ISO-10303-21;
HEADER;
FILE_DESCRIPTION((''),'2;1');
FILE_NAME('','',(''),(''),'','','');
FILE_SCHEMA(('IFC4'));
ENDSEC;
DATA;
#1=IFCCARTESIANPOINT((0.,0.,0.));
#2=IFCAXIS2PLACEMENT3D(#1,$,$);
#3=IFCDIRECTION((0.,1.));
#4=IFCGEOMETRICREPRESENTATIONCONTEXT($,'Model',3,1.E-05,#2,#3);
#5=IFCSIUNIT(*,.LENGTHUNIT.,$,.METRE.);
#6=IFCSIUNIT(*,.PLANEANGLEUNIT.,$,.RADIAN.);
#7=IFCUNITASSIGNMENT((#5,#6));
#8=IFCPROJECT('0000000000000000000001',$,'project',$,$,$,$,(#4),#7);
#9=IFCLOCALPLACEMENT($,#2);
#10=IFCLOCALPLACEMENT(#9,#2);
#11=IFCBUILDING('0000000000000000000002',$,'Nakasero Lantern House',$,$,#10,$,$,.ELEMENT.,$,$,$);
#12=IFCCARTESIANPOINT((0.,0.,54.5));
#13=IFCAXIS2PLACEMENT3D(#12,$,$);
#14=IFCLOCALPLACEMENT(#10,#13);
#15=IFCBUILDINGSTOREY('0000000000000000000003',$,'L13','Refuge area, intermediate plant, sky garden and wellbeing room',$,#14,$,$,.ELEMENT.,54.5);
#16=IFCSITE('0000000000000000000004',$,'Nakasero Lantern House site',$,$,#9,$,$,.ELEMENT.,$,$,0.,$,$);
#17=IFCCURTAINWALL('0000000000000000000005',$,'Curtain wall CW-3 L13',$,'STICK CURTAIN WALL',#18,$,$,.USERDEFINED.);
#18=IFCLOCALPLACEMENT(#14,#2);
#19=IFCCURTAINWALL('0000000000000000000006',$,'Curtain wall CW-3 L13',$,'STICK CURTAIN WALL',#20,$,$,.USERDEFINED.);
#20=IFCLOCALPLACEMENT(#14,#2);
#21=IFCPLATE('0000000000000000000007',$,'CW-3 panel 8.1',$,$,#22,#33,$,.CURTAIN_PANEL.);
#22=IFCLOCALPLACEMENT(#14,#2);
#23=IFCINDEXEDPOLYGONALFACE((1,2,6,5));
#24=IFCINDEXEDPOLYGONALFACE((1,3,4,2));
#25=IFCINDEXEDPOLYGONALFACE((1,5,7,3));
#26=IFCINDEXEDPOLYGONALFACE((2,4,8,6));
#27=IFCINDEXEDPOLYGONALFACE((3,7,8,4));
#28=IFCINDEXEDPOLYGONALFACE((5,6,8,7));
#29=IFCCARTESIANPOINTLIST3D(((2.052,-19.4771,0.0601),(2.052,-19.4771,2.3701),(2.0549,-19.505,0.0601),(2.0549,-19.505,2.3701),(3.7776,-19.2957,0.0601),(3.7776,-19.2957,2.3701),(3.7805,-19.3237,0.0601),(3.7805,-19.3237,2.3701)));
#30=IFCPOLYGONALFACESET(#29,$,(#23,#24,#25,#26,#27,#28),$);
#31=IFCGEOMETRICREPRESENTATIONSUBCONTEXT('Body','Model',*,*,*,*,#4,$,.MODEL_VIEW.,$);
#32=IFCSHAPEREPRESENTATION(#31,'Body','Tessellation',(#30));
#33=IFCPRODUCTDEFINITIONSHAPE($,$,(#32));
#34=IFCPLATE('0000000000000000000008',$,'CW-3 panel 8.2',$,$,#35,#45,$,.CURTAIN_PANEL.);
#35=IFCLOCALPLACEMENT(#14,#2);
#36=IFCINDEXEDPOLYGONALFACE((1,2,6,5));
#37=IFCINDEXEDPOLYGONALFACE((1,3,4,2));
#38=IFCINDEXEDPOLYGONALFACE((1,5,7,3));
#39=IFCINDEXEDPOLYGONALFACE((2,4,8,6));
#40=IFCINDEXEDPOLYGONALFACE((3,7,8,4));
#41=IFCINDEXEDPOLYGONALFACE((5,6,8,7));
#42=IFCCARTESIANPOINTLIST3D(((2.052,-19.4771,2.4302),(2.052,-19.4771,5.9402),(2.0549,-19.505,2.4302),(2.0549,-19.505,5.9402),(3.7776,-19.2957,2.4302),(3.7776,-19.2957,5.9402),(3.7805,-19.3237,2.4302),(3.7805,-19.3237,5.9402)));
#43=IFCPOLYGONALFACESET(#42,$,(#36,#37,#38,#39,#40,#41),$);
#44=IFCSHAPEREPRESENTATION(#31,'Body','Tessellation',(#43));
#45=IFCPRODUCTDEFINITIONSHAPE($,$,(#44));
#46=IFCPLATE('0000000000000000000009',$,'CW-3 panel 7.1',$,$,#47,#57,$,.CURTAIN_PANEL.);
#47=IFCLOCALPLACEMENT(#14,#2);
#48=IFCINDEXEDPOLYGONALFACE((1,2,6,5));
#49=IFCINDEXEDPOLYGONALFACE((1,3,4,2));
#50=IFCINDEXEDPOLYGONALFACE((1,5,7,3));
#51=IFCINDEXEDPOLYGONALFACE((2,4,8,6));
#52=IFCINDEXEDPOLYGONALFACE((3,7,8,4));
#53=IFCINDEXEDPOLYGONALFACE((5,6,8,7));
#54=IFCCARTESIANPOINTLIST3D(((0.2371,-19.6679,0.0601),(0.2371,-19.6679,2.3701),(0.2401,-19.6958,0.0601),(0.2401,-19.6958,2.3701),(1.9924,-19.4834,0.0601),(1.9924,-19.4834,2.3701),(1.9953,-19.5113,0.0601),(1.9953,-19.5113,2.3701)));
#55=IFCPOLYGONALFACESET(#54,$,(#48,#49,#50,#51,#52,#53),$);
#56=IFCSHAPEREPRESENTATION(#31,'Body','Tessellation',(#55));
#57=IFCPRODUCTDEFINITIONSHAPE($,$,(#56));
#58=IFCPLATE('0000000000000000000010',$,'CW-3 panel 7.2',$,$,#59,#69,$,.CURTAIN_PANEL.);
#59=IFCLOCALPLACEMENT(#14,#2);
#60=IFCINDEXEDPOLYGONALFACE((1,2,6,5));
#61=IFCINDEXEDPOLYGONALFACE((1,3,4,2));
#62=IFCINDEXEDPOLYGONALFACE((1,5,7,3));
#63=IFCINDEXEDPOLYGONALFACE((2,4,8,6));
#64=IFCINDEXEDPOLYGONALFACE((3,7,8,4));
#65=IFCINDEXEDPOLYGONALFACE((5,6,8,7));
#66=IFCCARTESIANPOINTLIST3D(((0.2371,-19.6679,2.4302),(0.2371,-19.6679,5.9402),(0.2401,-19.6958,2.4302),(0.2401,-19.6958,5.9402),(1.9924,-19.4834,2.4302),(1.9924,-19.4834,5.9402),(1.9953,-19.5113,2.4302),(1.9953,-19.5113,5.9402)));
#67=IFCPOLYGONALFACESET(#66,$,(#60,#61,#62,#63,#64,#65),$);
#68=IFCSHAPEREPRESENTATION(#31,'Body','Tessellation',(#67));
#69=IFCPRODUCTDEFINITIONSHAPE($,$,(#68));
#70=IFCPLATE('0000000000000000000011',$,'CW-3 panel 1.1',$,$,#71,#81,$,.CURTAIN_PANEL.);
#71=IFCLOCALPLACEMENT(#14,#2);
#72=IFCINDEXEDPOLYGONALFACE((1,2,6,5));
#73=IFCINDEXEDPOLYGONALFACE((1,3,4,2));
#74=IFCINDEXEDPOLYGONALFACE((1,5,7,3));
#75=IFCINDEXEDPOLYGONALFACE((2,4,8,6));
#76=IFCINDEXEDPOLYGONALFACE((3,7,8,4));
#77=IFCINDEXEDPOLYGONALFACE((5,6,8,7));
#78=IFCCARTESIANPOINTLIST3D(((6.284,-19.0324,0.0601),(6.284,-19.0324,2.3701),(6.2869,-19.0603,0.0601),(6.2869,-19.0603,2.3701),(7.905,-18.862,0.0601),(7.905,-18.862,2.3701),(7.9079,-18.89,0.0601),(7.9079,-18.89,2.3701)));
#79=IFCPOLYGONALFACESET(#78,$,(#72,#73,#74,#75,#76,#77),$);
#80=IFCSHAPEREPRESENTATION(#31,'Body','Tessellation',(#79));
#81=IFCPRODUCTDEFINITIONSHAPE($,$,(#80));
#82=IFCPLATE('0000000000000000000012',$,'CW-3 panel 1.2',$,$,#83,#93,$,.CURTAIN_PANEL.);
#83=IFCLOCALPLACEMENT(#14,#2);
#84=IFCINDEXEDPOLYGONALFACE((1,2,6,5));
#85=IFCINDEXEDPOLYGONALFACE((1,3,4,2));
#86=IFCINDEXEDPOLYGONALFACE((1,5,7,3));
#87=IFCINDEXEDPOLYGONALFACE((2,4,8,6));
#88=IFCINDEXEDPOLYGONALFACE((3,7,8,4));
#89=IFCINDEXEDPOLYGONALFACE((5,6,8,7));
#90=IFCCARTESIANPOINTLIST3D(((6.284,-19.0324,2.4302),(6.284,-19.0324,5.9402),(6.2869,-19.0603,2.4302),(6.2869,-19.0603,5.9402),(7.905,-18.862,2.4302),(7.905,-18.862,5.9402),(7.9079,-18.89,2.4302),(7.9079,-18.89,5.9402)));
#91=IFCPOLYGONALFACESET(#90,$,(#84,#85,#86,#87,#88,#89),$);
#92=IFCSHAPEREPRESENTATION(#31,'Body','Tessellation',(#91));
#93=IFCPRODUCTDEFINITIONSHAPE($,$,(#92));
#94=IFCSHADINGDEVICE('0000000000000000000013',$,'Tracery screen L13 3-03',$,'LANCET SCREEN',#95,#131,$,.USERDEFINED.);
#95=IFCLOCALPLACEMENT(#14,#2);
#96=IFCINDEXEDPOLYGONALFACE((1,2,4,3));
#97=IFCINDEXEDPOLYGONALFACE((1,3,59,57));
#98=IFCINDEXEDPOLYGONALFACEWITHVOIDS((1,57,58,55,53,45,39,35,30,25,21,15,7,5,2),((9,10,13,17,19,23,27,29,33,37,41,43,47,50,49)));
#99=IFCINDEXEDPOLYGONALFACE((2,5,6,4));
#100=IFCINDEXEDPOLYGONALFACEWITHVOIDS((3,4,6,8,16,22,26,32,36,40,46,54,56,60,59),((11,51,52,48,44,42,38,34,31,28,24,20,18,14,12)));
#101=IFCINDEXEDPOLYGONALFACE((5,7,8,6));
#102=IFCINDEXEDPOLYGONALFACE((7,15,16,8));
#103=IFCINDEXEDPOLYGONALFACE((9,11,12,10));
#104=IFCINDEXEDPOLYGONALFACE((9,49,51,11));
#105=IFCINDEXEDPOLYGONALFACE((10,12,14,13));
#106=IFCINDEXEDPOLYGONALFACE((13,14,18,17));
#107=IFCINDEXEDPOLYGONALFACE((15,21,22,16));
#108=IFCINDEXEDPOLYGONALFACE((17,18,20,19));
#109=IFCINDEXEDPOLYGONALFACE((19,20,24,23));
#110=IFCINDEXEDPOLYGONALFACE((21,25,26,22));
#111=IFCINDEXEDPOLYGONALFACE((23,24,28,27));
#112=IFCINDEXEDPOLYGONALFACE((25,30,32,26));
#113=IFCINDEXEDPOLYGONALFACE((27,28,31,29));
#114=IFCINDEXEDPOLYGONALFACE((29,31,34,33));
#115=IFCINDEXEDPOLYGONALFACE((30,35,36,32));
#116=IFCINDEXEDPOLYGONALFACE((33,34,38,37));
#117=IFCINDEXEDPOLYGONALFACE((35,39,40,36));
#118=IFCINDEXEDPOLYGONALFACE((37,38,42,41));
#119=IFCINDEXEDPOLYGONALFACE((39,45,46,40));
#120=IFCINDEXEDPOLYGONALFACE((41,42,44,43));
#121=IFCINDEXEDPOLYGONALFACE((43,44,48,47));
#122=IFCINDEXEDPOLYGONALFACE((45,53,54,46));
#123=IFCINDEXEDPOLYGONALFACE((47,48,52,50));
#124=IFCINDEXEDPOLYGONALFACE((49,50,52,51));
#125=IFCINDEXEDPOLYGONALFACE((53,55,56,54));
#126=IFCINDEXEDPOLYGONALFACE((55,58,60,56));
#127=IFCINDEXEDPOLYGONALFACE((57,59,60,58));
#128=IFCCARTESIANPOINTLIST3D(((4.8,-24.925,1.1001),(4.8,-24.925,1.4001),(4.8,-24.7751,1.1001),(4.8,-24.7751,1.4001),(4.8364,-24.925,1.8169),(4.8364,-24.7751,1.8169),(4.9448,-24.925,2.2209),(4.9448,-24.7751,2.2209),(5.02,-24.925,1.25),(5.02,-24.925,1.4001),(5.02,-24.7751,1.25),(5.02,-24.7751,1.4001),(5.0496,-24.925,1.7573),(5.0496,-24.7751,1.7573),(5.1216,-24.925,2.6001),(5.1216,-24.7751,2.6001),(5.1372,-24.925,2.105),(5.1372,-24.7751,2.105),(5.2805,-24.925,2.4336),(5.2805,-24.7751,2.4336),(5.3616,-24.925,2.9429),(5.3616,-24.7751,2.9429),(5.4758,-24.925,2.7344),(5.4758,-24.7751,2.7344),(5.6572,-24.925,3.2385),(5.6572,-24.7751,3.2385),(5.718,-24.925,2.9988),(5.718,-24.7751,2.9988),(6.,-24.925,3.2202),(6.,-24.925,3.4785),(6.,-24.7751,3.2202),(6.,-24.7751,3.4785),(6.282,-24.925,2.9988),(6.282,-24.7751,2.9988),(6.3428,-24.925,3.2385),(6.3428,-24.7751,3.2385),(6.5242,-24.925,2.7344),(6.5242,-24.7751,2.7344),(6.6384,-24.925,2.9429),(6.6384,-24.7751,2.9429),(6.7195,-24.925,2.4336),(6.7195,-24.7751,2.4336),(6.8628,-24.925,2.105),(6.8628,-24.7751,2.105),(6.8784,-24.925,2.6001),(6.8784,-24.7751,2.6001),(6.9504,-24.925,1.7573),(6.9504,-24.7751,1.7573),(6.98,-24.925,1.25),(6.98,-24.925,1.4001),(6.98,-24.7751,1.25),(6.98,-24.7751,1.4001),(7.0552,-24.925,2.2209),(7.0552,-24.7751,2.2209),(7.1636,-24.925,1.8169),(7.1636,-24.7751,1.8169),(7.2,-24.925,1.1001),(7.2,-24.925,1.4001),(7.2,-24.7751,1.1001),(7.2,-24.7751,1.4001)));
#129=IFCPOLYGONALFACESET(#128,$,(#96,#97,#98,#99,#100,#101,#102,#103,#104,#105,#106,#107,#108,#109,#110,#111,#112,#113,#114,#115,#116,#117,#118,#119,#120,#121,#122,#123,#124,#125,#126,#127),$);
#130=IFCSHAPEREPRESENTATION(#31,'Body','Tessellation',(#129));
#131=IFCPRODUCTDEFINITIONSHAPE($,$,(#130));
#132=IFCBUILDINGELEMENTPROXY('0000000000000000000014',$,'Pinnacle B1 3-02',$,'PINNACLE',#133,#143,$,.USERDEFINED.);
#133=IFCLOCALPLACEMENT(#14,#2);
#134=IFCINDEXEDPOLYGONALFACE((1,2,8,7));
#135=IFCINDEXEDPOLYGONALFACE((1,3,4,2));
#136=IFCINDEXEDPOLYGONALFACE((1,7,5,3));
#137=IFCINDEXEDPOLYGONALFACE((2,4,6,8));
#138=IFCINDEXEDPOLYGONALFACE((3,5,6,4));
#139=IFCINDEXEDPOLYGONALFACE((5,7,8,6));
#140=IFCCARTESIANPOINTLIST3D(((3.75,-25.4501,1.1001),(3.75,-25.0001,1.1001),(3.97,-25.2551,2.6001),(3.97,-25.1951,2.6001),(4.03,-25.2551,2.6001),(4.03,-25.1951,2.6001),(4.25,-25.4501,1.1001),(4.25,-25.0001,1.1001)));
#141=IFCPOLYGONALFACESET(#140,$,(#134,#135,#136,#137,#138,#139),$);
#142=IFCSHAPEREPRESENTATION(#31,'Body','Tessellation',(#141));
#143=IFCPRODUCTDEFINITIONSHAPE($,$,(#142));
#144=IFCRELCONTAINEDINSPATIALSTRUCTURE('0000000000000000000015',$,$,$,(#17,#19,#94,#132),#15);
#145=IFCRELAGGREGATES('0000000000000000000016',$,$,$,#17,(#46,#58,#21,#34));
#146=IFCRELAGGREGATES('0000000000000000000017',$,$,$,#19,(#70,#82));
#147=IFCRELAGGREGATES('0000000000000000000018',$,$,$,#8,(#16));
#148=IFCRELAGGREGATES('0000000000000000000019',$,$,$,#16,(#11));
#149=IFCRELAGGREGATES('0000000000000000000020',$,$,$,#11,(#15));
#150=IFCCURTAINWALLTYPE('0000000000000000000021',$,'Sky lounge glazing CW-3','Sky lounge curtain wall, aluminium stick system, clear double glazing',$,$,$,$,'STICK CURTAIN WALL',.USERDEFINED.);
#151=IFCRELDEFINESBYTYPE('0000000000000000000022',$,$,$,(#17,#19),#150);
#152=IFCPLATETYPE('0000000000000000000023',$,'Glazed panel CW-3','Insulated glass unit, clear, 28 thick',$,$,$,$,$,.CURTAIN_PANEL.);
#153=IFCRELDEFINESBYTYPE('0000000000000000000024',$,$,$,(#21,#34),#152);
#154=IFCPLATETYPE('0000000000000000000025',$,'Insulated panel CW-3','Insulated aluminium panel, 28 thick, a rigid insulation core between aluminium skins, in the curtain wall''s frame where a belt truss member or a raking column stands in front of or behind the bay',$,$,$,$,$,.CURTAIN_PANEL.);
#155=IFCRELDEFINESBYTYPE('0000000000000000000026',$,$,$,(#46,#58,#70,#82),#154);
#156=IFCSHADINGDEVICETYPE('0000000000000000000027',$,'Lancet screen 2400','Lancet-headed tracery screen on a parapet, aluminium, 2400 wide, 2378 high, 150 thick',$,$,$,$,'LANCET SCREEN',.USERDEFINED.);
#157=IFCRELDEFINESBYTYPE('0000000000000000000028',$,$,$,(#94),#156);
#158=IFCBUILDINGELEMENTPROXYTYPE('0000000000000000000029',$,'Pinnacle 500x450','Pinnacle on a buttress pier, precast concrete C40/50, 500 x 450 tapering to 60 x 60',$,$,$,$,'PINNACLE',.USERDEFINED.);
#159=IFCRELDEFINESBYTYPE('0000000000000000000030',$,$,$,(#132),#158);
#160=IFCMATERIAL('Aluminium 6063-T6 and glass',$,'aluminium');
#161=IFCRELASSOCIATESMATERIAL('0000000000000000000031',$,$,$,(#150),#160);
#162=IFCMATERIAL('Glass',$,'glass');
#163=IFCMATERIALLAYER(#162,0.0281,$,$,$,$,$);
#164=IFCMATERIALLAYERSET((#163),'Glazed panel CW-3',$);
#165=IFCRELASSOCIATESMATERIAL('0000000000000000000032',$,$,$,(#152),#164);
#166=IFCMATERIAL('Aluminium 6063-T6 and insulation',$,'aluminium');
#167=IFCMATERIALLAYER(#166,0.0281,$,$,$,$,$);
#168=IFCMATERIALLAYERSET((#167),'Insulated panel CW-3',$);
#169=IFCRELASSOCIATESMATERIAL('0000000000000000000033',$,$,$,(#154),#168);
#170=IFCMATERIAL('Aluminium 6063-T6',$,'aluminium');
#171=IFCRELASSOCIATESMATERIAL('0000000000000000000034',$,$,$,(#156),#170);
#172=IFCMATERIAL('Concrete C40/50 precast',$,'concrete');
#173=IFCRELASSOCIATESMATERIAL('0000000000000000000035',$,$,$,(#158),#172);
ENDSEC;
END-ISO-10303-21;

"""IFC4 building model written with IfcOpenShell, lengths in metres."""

from ifc_helpers import new_model, entity, si_unit, direction, frame, origin, origin_2d, place, context, subcontext, project, spatial, polyline, rectangle, outline, extrude, material, layer, layer_set, type_object, element, aggregate, save


model = new_model("IFC4")

# Units and contexts
model_context = context("Model", 3, precision=1e-05, world=origin(), true_north=direction((0.0, 1.0)))
body_context = subcontext(model_context, "Body", "Model", "MODEL_VIEW")
ifc_project = project(units=[si_unit("LENGTHUNIT", "METRE"), si_unit("PLANEANGLEUNIT", "RADIAN")], contexts=[model_context])

# Site, building, storey
site_placement = place(None, origin())
site = spatial("IfcSite", under=ifc_project, at=site_placement, Name="Nakasero Lantern House site", CompositionType="ELEMENT", RefElevation=0.0)
building_placement = place(site_placement, origin())
building = spatial("IfcBuilding", under=site, at=building_placement, Name="Nakasero Lantern House", CompositionType="ELEMENT")
storey_placement = place(building_placement, frame((0.0, 0.0, 54.5)))
storey = spatial("IfcBuildingStorey", under=building, at=storey_placement, Name="L13", Description="Refuge area, intermediate plant, sky garden and wellbeing room", CompositionType="ELEMENT", Elevation=54.5)

# Curtain wall
ifc_material_1 = material(Name="Aluminium 6063-T6 and glass", Category="aluminium")
curtain_wall_type = type_object("IfcCurtainWallType", Name="Sky lounge glazing CW-3", Description="Sky lounge curtain wall, aluminium stick system, clear double glazing", ElementType="STICK CURTAIN WALL", PredefinedType="USERDEFINED", material=ifc_material_1)
curtain_wall_1_placement = place(storey_placement, origin())
curtain_wall_1 = element("IfcCurtainWall", 1, at=curtain_wall_1_placement, inside=storey, type_object=curtain_wall_type, Name="Curtain wall CW-3 L13", ObjectType="STICK CURTAIN WALL", PredefinedType="USERDEFINED")

# Curtain wall
curtain_wall_2_placement = place(storey_placement, origin())
curtain_wall_2 = element("IfcCurtainWall", 2, at=curtain_wall_2_placement, inside=storey, type_object=curtain_wall_type, Name="Curtain wall CW-3 L13", ObjectType="STICK CURTAIN WALL", PredefinedType="USERDEFINED")

# Plates
ifc_material_2 = material(Name="Glass", Category="glass")
ifc_layer_1 = layer(ifc_material_2, 0.0281)
ifc_layer_set_1 = layer_set([ifc_layer_1], Name="Glazed panel CW-3")
plate_type_1 = type_object("IfcPlateType", Name="Glazed panel CW-3", Description="Insulated glass unit, clear, 28 thick", PredefinedType="CURTAIN_PANEL", material=ifc_layer_set_1)
plate_1_placement = place(storey_placement, frame((2.9163, -19.4004, 0.0601), z_axis=(0.0, 0.0, 1.0), x_axis=(0.994522, 0.104528, 0.0)))
plate_1 = element("IfcPlate", 3, at=plate_1_placement, type_object=plate_type_1, Name="CW-3 panel 8.1", PredefinedType="CURTAIN_PANEL", context=body_context, shape_type="SweptSolid", body=[
    extrude(rectangle(XDim=1.7351, YDim=0.0281, at=origin_2d()), origin(), (0.0, 0.0, 1.0), 2.3101),
])
plate_2_placement = place(storey_placement, frame((2.9163, -19.4004, 2.4302), z_axis=(0.0, 0.0, 1.0), x_axis=(0.994522, 0.104528, 0.0)))
plate_2 = element("IfcPlate", 4, at=plate_2_placement, type_object=plate_type_1, Name="CW-3 panel 8.2", PredefinedType="CURTAIN_PANEL", context=body_context, shape_type="SweptSolid", body=[
    extrude(rectangle(XDim=1.7351, YDim=0.0281, at=origin_2d()), origin(), (0.0, 0.0, 1.0), 3.51),
])
ifc_material_3 = material(Name="Aluminium 6063-T6 and insulation", Category="aluminium")
ifc_layer_2 = layer(ifc_material_3, 0.0281)
ifc_layer_set_2 = layer_set([ifc_layer_2], Name="Insulated panel CW-3")
plate_type_2 = type_object("IfcPlateType", Name="Insulated panel CW-3", Description="Insulated aluminium panel, 28 thick, a rigid insulation core between aluminium skins, in the curtain wall's frame where a belt truss member or a raking column stands in front of or behind the bay", PredefinedType="CURTAIN_PANEL", material=ifc_layer_set_2)
plate_3_placement = place(storey_placement, frame((1.1162, -19.5896, 0.0601), z_axis=(0.0, 0.0, 1.0), x_axis=(0.994522, 0.104528, 0.0)))
plate_3 = element("IfcPlate", 5, at=plate_3_placement, type_object=plate_type_2, Name="CW-3 panel 7.1", PredefinedType="CURTAIN_PANEL", context=body_context, shape_type="SweptSolid", body=[
    extrude(rectangle(XDim=1.7649, YDim=0.0281, at=origin_2d()), origin(), (0.0, 0.0, 1.0), 2.3101),
])
plate_4_placement = place(storey_placement, frame((1.1162, -19.5896, 2.4302), z_axis=(0.0, 0.0, 1.0), x_axis=(0.994522, 0.104528, 0.0)))
plate_4 = element("IfcPlate", 6, at=plate_4_placement, type_object=plate_type_2, Name="CW-3 panel 7.2", PredefinedType="CURTAIN_PANEL", context=body_context, shape_type="SweptSolid", body=[
    extrude(rectangle(XDim=1.7649, YDim=0.0281, at=origin_2d()), origin(), (0.0, 0.0, 1.0), 3.51),
])
aggregate(curtain_wall_1, [plate_3, plate_4, plate_1, plate_2])
plate_5_placement = place(storey_placement, frame((7.0959, -18.9612, 0.0601), z_axis=(0.0, 0.0, 1.0), x_axis=(0.994522, 0.104528, 0.0)))
plate_5 = element("IfcPlate", 7, at=plate_5_placement, type_object=plate_type_2, Name="CW-3 panel 1.1", PredefinedType="CURTAIN_PANEL", context=body_context, shape_type="SweptSolid", body=[
    extrude(rectangle(XDim=1.6299, YDim=0.0281, at=origin_2d()), origin(), (0.0, 0.0, 1.0), 2.3101),
])
plate_6_placement = place(storey_placement, frame((7.0959, -18.9612, 2.4302), z_axis=(0.0, 0.0, 1.0), x_axis=(0.994522, 0.104528, 0.0)))
plate_6 = element("IfcPlate", 8, at=plate_6_placement, type_object=plate_type_2, Name="CW-3 panel 1.2", PredefinedType="CURTAIN_PANEL", context=body_context, shape_type="SweptSolid", body=[
    extrude(rectangle(XDim=1.6299, YDim=0.0281, at=origin_2d()), origin(), (0.0, 0.0, 1.0), 3.51),
])
aggregate(curtain_wall_2, [plate_5, plate_6])

# Shading device
ifc_material_4 = material(Name="Aluminium 6063-T6", Category="aluminium")
shading_device_type = type_object("IfcShadingDeviceType", Name="Lancet screen 2400", Description="Lancet-headed tracery screen on a parapet, aluminium, 2400 wide, 2378 high, 150 thick", ElementType="LANCET SCREEN", PredefinedType="USERDEFINED", material=ifc_material_4)
shading_device_placement = place(storey_placement, frame((6.0, -24.8501, 1.1001), z_axis=(0.0, 0.0, 1.0), x_axis=(1.0, 0.0, 0.0)))
element("IfcShadingDevice", 9, at=shading_device_placement, inside=storey, type_object=shading_device_type, Name="Tracery screen L13 3-03", ObjectType="LANCET SCREEN", PredefinedType="USERDEFINED", context=body_context, shape_type="SweptSolid", body=[
    extrude(outline(polyline([(-1.2, 0.0), (1.2, 0.0), (1.2, 0.3), (1.1636, 0.7168), (1.0552, 1.1208), (0.8784, 1.5), (0.6384, 1.8428), (0.3428, 2.1384), (0.0, 2.3784), (-0.3428, 2.1384), (-0.6384, 1.8428), (-0.8784, 1.5), (-1.0552, 1.1208), (-1.1636, 0.7168), (-1.2, 0.3), (-1.2, 0.0)]), holes=[polyline([(-0.98, 0.1499), (0.98, 0.1499), (0.98, 0.3), (0.9504, 0.6572), (0.8628, 1.0049), (0.7195, 1.3335), (0.5242, 1.6343), (0.282, 1.8987), (0.0, 2.1201), (-0.282, 1.8987), (-0.5242, 1.6343), (-0.7195, 1.3335), (-0.8628, 1.0049), (-0.9504, 0.6572), (-0.98, 0.3), (-0.98, 0.1499)])]), frame((0.0, 0.075, 0.0), z_axis=(0.0, -1.0, 0.0), x_axis=(1.0, 0.0, 0.0)), (0.0, 0.0, 1.0), 0.1499),
])

# Building element proxy
ifc_material_5 = material(Name="Concrete C40/50 precast", Category="concrete")
building_element_proxy_type = type_object("IfcBuildingElementProxyType", Name="Pinnacle 500x450", Description="Pinnacle on a buttress pier, precast concrete C40/50, 500 x 450 tapering to 60 x 60", ElementType="PINNACLE", PredefinedType="USERDEFINED", material=ifc_material_5)
proxy_placement = place(storey_placement, frame((4.0, -25.2251, 1.1001), z_axis=(0.0, 0.0, 1.0), x_axis=(0.0, -1.0, 0.0)))
element("IfcBuildingElementProxy", 10, at=proxy_placement, inside=storey, type_object=building_element_proxy_type, Name="Pinnacle B1 3-02", ObjectType="PINNACLE", PredefinedType="USERDEFINED", context=body_context, shape_type="SweptSolid", body=[
    entity("IfcExtrudedAreaSolidTapered", entity("IfcRectangleProfileDef", "AREA", None, entity("IfcAxis2Placement2D", entity("IfcCartesianPoint", [0.0, 0.0])), 0.45, 0.5), entity("IfcAxis2Placement3D", entity("IfcCartesianPoint", [0.0, 0.0, 0.0])), entity("IfcDirection", [0.0, 0.0, 1.0]), 1.5, entity("IfcRectangleProfileDef", "AREA", None, entity("IfcAxis2Placement2D", entity("IfcCartesianPoint", [0.0, 0.0])), 0.0601, 0.0601)),
])

save(model, "model.ifc")
